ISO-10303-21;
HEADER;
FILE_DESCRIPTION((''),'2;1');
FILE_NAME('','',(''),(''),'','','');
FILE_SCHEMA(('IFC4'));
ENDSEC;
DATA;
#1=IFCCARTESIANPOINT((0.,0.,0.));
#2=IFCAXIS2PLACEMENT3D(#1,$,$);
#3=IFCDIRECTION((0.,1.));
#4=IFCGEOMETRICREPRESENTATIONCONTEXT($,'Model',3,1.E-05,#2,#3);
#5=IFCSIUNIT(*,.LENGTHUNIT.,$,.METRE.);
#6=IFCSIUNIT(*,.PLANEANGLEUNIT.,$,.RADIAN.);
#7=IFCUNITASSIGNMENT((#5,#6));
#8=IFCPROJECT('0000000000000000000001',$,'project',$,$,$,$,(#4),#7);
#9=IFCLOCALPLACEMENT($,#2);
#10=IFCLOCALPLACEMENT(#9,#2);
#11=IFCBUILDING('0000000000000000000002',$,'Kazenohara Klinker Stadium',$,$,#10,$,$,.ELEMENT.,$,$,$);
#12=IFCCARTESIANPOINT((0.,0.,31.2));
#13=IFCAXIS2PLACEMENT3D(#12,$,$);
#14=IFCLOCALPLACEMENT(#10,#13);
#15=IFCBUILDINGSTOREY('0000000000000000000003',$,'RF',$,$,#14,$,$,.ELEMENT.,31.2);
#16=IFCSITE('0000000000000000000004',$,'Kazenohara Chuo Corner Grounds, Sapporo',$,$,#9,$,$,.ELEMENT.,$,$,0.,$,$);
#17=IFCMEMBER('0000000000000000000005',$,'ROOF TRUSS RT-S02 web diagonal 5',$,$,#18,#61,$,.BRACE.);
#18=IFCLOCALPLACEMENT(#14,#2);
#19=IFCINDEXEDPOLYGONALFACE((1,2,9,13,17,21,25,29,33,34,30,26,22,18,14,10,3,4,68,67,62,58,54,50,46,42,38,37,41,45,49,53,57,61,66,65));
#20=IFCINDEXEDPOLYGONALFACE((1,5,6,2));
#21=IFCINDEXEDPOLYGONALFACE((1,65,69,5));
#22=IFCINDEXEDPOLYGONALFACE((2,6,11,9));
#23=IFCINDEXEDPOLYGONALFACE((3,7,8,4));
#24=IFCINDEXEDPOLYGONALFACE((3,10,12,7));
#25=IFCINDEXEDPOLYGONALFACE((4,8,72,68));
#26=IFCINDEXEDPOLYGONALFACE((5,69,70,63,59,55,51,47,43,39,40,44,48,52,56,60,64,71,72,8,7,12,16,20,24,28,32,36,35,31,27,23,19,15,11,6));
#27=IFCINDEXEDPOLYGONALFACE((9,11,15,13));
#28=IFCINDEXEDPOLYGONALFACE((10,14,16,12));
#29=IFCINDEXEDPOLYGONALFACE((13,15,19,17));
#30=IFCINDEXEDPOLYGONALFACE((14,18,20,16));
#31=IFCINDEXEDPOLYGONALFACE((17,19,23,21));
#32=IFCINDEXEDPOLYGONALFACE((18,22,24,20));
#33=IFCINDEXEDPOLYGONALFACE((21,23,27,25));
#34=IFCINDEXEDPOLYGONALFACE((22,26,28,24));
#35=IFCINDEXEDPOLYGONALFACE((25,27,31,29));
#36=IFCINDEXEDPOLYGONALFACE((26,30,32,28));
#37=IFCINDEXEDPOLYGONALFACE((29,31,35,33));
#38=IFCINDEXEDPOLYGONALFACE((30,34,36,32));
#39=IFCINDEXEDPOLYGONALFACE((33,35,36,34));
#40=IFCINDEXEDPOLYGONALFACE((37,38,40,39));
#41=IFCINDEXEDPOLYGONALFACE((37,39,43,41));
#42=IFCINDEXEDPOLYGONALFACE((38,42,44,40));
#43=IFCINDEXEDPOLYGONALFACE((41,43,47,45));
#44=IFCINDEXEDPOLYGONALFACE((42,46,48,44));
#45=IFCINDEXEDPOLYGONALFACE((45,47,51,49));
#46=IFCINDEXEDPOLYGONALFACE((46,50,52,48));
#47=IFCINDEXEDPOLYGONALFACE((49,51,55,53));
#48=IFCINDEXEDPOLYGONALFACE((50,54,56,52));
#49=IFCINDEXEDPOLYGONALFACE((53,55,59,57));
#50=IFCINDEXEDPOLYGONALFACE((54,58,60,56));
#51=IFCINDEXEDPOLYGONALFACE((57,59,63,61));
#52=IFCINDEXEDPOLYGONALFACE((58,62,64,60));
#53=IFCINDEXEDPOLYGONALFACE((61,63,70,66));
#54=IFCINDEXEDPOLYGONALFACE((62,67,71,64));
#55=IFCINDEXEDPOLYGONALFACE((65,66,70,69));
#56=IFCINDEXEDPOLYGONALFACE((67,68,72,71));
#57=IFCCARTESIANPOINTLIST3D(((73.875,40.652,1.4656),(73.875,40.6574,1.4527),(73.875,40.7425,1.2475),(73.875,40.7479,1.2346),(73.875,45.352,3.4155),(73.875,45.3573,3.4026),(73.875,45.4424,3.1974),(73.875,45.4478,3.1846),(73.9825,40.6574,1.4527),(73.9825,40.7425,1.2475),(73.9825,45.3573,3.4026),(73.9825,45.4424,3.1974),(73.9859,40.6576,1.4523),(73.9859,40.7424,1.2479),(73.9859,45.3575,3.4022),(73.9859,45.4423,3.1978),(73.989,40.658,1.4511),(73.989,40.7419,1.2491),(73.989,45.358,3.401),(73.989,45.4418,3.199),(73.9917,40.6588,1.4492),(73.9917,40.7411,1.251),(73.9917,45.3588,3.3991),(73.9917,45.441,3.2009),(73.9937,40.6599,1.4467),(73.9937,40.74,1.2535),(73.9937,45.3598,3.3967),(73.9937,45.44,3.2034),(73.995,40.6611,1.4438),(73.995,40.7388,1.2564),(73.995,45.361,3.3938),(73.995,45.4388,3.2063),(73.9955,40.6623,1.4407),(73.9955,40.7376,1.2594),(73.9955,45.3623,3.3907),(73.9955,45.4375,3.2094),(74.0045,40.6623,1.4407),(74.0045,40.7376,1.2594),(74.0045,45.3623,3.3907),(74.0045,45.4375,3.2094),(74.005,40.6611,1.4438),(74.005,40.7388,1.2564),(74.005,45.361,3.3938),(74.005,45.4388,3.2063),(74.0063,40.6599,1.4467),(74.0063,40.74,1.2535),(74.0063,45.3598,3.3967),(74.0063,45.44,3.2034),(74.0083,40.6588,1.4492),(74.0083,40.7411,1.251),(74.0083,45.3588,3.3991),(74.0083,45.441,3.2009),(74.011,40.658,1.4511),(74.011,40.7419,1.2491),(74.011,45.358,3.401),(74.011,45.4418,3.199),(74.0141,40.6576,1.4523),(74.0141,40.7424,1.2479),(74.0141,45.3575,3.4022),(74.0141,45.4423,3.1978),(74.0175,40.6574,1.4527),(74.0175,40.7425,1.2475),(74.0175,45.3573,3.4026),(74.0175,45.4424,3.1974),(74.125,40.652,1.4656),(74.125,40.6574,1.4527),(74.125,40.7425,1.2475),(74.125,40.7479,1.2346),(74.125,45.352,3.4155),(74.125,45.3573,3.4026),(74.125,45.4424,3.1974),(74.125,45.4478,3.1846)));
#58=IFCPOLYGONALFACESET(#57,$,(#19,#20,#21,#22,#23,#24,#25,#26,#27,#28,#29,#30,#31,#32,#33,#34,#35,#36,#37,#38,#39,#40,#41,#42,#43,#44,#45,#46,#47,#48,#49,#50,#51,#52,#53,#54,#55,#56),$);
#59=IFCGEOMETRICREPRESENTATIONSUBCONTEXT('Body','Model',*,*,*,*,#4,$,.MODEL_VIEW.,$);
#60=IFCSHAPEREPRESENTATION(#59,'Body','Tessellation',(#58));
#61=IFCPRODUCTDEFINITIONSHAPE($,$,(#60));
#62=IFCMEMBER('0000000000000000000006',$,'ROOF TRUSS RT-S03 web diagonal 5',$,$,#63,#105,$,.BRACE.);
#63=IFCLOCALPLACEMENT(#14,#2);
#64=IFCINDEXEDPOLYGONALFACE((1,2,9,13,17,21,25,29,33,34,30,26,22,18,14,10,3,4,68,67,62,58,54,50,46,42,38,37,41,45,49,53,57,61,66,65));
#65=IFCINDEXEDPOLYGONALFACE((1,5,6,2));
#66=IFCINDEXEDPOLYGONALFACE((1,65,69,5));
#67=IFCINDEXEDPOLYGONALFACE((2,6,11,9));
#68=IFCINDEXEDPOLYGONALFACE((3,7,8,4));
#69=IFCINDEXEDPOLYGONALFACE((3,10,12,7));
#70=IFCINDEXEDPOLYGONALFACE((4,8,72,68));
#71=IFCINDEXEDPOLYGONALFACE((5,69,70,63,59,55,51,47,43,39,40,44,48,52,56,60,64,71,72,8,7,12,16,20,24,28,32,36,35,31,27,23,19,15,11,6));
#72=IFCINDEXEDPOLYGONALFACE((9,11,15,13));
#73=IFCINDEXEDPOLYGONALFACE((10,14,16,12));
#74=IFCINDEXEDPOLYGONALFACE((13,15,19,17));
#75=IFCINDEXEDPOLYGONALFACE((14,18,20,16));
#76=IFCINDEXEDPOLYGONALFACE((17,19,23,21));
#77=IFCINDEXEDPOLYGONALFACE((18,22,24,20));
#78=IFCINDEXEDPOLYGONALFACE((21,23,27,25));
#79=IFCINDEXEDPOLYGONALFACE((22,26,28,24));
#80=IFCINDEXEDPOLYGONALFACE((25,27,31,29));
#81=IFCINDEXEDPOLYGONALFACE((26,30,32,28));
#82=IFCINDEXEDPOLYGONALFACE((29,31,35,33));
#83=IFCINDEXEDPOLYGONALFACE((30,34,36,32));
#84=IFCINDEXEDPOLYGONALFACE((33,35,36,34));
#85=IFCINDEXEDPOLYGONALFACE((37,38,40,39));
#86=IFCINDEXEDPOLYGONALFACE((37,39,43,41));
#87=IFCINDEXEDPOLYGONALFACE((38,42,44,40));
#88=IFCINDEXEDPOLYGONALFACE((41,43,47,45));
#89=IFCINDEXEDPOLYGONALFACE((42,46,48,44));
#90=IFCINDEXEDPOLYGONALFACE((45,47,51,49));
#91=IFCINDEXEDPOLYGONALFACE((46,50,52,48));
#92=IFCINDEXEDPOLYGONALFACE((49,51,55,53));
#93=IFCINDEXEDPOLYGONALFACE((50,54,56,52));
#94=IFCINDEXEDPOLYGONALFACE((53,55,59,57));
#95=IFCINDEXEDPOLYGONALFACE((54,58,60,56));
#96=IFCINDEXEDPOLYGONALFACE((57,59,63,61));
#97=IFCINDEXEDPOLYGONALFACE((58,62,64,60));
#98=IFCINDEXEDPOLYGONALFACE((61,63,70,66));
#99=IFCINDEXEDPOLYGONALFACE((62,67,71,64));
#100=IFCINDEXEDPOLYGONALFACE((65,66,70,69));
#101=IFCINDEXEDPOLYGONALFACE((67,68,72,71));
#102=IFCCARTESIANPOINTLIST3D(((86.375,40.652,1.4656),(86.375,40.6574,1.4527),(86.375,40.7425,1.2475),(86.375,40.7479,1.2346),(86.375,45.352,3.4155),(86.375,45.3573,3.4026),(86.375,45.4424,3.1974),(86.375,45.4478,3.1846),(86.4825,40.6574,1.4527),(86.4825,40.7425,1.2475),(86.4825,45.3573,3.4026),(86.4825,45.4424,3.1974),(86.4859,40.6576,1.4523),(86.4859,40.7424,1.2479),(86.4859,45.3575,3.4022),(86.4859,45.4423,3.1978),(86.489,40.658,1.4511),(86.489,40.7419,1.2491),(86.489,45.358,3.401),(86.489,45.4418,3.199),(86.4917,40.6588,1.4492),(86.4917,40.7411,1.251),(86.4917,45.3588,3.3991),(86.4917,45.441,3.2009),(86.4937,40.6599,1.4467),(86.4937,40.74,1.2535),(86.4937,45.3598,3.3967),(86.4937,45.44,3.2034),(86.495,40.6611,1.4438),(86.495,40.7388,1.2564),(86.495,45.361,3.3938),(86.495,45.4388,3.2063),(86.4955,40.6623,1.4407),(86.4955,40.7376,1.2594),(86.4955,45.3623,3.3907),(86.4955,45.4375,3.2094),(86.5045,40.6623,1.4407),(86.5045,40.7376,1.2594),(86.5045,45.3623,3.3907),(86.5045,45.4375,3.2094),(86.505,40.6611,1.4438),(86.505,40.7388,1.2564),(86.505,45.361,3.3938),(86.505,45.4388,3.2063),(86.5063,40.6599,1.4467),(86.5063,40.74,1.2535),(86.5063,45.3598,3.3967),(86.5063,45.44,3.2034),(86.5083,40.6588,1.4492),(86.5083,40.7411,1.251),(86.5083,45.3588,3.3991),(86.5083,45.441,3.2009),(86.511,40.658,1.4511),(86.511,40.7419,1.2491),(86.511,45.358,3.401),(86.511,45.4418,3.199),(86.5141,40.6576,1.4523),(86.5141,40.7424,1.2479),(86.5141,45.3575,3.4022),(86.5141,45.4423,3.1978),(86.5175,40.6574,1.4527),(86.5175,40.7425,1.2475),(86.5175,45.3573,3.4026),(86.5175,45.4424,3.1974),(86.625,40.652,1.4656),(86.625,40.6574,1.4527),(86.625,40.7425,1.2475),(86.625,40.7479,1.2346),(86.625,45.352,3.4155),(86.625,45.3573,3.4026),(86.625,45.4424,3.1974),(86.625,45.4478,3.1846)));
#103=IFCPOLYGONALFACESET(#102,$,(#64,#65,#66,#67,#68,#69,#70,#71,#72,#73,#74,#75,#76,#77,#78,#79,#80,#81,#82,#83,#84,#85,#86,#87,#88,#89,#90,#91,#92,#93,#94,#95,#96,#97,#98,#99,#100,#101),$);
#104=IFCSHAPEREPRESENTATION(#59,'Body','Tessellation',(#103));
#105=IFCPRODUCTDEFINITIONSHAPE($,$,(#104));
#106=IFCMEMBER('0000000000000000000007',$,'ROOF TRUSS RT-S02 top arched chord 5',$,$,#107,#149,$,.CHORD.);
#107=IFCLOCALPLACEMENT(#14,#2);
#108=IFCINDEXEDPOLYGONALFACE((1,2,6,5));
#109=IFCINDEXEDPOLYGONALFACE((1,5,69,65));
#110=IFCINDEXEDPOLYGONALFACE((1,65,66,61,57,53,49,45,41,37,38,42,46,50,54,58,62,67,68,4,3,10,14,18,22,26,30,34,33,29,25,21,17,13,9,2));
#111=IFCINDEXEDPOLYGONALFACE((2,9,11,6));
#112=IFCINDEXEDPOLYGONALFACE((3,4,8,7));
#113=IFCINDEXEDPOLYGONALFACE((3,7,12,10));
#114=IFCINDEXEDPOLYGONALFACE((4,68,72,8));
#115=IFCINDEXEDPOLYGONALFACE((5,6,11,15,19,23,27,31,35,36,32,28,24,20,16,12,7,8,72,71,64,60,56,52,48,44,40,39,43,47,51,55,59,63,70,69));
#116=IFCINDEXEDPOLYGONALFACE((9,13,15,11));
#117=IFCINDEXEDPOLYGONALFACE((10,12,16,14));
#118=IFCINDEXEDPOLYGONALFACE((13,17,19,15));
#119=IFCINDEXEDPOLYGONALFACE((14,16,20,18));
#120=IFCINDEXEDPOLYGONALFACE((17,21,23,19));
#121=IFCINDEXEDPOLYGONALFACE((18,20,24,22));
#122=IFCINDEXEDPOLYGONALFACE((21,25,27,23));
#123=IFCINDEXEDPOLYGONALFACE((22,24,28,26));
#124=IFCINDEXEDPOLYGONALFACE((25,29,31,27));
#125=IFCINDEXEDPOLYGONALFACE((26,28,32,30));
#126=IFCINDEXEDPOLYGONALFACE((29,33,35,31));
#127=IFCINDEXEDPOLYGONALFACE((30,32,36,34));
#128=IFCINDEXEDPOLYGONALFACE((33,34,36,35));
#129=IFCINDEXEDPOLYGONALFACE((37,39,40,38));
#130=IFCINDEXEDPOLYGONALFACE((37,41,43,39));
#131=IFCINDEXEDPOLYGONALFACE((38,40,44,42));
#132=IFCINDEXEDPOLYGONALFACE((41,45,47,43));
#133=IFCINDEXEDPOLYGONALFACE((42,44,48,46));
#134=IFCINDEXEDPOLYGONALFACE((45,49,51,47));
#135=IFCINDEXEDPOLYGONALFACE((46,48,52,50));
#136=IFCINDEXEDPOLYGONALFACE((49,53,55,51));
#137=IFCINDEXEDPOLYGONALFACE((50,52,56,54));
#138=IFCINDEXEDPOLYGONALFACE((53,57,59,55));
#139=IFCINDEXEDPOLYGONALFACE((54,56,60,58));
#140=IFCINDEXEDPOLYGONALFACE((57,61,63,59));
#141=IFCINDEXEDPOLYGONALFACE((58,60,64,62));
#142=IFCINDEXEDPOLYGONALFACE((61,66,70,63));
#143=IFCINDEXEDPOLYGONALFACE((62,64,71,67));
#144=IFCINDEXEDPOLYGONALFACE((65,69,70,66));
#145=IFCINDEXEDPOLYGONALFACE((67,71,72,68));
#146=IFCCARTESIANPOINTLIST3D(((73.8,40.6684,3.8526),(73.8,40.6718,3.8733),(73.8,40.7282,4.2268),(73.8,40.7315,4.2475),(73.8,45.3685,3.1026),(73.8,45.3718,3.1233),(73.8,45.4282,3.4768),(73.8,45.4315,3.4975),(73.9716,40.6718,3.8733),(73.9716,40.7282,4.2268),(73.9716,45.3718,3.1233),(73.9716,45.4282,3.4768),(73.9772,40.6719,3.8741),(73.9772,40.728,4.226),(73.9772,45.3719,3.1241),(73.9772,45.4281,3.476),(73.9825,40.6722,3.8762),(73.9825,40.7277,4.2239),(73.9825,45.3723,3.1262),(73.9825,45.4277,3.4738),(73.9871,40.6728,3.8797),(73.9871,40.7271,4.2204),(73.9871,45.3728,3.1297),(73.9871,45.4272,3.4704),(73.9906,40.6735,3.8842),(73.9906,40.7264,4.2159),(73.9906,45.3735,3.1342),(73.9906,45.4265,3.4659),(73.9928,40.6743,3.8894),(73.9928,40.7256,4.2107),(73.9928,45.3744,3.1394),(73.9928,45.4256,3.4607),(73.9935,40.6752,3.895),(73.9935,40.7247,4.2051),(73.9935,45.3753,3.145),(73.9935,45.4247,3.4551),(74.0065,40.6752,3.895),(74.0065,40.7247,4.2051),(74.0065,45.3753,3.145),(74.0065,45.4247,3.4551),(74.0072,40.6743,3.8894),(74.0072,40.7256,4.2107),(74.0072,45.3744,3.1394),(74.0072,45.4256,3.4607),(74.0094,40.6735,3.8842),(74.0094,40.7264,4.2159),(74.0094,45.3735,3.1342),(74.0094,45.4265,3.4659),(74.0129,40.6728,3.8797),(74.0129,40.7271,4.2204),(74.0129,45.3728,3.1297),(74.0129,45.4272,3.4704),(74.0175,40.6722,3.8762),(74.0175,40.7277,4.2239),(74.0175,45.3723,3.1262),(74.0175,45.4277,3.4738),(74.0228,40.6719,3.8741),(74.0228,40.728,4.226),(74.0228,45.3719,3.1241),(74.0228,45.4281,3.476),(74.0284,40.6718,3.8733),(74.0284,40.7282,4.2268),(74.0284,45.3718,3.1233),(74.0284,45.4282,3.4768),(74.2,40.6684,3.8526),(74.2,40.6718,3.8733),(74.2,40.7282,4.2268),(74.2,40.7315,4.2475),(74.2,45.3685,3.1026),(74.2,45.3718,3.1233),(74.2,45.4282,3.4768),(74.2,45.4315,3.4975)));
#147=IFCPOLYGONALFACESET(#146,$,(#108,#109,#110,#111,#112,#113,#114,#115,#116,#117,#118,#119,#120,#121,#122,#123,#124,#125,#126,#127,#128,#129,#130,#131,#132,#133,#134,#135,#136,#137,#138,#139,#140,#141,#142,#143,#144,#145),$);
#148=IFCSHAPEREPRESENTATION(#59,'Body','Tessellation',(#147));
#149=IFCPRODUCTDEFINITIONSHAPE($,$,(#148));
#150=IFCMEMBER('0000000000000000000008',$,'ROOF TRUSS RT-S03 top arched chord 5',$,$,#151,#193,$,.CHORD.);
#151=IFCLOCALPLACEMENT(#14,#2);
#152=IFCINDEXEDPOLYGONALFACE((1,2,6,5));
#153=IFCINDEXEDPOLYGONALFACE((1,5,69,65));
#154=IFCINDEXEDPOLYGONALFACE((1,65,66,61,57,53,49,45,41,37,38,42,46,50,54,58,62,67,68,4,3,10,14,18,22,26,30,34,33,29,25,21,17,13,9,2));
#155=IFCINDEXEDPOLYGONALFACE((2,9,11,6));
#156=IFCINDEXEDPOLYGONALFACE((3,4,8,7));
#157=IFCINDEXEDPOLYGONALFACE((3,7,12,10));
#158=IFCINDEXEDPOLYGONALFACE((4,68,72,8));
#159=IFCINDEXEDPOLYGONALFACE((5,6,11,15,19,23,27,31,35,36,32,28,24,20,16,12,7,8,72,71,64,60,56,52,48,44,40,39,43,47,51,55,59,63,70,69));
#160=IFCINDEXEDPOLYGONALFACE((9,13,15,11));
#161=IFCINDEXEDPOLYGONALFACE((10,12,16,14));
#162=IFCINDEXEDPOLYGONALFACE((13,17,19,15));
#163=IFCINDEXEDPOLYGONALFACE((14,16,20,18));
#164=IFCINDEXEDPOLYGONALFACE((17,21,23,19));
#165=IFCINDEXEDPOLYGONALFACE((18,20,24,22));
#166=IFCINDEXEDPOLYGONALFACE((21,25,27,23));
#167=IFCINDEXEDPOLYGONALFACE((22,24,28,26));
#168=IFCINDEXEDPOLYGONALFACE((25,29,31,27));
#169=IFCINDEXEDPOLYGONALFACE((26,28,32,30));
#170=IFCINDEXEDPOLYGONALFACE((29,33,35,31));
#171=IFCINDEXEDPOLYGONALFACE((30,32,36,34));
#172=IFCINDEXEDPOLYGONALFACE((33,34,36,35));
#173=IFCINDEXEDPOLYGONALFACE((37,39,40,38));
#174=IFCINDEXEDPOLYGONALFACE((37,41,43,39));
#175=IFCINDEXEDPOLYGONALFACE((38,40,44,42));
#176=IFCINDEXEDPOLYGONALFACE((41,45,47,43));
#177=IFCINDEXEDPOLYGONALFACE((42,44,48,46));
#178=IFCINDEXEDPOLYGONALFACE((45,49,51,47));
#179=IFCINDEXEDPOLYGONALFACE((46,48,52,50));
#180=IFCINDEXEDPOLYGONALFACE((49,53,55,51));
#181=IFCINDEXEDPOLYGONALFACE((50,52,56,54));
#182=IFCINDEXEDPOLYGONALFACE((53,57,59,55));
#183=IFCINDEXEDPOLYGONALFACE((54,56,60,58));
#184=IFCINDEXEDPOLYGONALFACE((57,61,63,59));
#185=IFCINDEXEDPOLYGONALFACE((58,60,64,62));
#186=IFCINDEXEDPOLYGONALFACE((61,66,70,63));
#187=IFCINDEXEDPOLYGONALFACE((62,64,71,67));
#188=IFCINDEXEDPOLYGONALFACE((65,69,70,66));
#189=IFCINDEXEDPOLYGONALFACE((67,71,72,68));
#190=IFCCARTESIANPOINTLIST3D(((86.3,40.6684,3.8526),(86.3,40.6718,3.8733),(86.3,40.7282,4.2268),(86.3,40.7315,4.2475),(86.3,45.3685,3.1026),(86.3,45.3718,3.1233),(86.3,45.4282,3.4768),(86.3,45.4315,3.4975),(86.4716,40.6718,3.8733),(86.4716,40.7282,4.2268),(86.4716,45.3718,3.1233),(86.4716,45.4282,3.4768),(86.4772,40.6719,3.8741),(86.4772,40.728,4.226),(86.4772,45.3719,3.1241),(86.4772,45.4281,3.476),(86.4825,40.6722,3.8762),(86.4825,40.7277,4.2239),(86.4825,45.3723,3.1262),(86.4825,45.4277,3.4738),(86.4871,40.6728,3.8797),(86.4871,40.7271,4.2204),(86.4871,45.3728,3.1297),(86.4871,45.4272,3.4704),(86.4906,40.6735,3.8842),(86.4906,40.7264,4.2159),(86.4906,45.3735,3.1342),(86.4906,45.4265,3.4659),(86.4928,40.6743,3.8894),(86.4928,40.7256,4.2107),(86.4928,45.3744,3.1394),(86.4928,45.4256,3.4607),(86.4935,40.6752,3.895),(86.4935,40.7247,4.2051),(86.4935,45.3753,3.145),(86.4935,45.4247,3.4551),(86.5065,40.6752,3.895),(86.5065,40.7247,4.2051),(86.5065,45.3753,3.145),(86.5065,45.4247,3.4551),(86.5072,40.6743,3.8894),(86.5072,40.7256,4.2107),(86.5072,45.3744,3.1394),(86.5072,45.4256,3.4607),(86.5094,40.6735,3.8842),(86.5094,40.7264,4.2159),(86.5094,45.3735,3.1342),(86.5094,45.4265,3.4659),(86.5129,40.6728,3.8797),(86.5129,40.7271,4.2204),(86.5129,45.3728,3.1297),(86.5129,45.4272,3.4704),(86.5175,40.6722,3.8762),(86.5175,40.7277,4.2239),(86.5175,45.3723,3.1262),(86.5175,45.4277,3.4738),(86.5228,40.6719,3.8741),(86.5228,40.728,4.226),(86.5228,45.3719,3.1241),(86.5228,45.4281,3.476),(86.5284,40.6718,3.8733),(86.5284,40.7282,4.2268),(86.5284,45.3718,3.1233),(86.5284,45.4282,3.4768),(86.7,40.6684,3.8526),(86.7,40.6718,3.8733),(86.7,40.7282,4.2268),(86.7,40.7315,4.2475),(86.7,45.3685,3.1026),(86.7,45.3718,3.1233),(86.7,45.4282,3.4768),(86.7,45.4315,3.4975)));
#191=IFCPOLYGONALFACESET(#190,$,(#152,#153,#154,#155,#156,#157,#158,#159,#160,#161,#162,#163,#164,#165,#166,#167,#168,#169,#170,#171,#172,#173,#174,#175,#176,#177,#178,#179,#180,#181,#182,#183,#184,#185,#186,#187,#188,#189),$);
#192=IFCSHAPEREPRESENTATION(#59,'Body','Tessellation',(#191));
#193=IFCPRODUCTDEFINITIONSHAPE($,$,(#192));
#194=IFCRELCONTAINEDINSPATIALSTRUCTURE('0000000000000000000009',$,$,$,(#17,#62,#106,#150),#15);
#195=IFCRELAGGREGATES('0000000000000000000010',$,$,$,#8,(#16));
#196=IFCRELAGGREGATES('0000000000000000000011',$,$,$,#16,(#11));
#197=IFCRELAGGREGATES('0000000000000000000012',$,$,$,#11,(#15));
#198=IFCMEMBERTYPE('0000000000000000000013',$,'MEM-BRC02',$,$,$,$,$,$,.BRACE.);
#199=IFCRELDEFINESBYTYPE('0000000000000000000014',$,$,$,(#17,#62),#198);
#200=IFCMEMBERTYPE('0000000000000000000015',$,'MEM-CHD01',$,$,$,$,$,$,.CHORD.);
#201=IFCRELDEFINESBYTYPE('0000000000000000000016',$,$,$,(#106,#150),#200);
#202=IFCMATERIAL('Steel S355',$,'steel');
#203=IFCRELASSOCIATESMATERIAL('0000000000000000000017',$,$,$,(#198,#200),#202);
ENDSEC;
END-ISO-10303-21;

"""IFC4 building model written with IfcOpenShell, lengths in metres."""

from ifc_helpers import new_model, si_unit, direction, frame, origin, origin_2d, place, context, subcontext, project, spatial, i_section, extrude, material, material_profile, profile_set, type_object, element, save


model = new_model("IFC4")

# Units and contexts
model_context = context("Model", 3, precision=1e-05, world=origin(), true_north=direction((0.0, 1.0)))
body_context = subcontext(model_context, "Body", "Model", "MODEL_VIEW")
ifc_project = project(units=[si_unit("LENGTHUNIT", "METRE"), si_unit("PLANEANGLEUNIT", "RADIAN")], contexts=[model_context])

# Site, building, storey
site_placement = place(None, origin())
site = spatial("IfcSite", under=ifc_project, at=site_placement, Name="Kazenohara Chuo Corner Grounds, Sapporo", CompositionType="ELEMENT", RefElevation=0.0)
building_placement = place(site_placement, origin())
building = spatial("IfcBuilding", under=site, at=building_placement, Name="Kazenohara Klinker Stadium", CompositionType="ELEMENT")
storey_placement = place(building_placement, frame((0.0, 0.0, 31.2)))
storey = spatial("IfcBuildingStorey", under=building, at=storey_placement, Name="RF", CompositionType="ELEMENT", Elevation=31.2)

# Members
ifc_material = material(Name="Steel S355", Category="steel")
ifc_material_profile_1 = material_profile(ifc_material, i_section(OverallWidth=0.25, OverallDepth=0.25, WebThickness=0.009, FlangeThickness=0.0139, FilletRadius=0.0129, at=origin_2d()), Name="H-250x250x9x14")
ifc_profile_set_1 = profile_set([ifc_material_profile_1], Name="Steel S355")
member_type_1 = type_object("IfcMemberType", Name="MEM-BRC02", PredefinedType="BRACE", material=ifc_profile_set_1)
for number, where, z_axis, x_axis, name in (
    (1, (74.0, 40.7, 1.3501), (0.0, 0.923659, 0.383215), (-1.0, 0.0, 0.0), "ROOF TRUSS RT-S02 web diagonal 5"),
    (2, (86.5, 40.7, 1.3501), (0.0, 0.923659, 0.383215), (-1.0, 0.0, 0.0), "ROOF TRUSS RT-S03 web diagonal 5"),
):
    element("IfcMember", number, at=place(storey_placement, frame(where, z_axis=z_axis, x_axis=x_axis)), inside=storey, type_object=member_type_1, Name=name, PredefinedType="BRACE", context=body_context, shape_type="SweptSolid", body=[
        extrude(i_section(OverallWidth=0.25, OverallDepth=0.25, WebThickness=0.009, FlangeThickness=0.0139, FilletRadius=0.0129, at=origin_2d()), origin(), (0.0, 0.0, 1.0), 5.0884),
    ])
ifc_material_profile_2 = material_profile(ifc_material, i_section(OverallWidth=0.3999, OverallDepth=0.3999, WebThickness=0.0129, FlangeThickness=0.021, FilletRadius=0.022, at=origin_2d()), Name="H-400x400x13x21")
ifc_profile_set_2 = profile_set([ifc_material_profile_2], Name="Steel S355")
member_type_2 = type_object("IfcMemberType", Name="MEM-CHD01", PredefinedType="CHORD", material=ifc_profile_set_2)
for number, where, z_axis, x_axis, name in (
    (3, (74.0, 40.7, 4.05), (0.0, 0.987506, -0.157582), (-1.0, 0.0, 0.0), "ROOF TRUSS RT-S02 top arched chord 5"),
    (4, (86.5, 40.7, 4.05), (0.0, 0.987506, -0.157582), (-1.0, 0.0, 0.0), "ROOF TRUSS RT-S03 top arched chord 5"),
):
    element("IfcMember", number, at=place(storey_placement, frame(where, z_axis=z_axis, x_axis=x_axis)), inside=storey, type_object=member_type_2, Name=name, PredefinedType="CHORD", context=body_context, shape_type="SweptSolid", body=[
        extrude(i_section(OverallWidth=0.3999, OverallDepth=0.3999, WebThickness=0.0129, FlangeThickness=0.021, FilletRadius=0.022, at=origin_2d()), origin(), (0.0, 0.0, 1.0), 4.7595),
    ])

save(model, "model.ifc")
